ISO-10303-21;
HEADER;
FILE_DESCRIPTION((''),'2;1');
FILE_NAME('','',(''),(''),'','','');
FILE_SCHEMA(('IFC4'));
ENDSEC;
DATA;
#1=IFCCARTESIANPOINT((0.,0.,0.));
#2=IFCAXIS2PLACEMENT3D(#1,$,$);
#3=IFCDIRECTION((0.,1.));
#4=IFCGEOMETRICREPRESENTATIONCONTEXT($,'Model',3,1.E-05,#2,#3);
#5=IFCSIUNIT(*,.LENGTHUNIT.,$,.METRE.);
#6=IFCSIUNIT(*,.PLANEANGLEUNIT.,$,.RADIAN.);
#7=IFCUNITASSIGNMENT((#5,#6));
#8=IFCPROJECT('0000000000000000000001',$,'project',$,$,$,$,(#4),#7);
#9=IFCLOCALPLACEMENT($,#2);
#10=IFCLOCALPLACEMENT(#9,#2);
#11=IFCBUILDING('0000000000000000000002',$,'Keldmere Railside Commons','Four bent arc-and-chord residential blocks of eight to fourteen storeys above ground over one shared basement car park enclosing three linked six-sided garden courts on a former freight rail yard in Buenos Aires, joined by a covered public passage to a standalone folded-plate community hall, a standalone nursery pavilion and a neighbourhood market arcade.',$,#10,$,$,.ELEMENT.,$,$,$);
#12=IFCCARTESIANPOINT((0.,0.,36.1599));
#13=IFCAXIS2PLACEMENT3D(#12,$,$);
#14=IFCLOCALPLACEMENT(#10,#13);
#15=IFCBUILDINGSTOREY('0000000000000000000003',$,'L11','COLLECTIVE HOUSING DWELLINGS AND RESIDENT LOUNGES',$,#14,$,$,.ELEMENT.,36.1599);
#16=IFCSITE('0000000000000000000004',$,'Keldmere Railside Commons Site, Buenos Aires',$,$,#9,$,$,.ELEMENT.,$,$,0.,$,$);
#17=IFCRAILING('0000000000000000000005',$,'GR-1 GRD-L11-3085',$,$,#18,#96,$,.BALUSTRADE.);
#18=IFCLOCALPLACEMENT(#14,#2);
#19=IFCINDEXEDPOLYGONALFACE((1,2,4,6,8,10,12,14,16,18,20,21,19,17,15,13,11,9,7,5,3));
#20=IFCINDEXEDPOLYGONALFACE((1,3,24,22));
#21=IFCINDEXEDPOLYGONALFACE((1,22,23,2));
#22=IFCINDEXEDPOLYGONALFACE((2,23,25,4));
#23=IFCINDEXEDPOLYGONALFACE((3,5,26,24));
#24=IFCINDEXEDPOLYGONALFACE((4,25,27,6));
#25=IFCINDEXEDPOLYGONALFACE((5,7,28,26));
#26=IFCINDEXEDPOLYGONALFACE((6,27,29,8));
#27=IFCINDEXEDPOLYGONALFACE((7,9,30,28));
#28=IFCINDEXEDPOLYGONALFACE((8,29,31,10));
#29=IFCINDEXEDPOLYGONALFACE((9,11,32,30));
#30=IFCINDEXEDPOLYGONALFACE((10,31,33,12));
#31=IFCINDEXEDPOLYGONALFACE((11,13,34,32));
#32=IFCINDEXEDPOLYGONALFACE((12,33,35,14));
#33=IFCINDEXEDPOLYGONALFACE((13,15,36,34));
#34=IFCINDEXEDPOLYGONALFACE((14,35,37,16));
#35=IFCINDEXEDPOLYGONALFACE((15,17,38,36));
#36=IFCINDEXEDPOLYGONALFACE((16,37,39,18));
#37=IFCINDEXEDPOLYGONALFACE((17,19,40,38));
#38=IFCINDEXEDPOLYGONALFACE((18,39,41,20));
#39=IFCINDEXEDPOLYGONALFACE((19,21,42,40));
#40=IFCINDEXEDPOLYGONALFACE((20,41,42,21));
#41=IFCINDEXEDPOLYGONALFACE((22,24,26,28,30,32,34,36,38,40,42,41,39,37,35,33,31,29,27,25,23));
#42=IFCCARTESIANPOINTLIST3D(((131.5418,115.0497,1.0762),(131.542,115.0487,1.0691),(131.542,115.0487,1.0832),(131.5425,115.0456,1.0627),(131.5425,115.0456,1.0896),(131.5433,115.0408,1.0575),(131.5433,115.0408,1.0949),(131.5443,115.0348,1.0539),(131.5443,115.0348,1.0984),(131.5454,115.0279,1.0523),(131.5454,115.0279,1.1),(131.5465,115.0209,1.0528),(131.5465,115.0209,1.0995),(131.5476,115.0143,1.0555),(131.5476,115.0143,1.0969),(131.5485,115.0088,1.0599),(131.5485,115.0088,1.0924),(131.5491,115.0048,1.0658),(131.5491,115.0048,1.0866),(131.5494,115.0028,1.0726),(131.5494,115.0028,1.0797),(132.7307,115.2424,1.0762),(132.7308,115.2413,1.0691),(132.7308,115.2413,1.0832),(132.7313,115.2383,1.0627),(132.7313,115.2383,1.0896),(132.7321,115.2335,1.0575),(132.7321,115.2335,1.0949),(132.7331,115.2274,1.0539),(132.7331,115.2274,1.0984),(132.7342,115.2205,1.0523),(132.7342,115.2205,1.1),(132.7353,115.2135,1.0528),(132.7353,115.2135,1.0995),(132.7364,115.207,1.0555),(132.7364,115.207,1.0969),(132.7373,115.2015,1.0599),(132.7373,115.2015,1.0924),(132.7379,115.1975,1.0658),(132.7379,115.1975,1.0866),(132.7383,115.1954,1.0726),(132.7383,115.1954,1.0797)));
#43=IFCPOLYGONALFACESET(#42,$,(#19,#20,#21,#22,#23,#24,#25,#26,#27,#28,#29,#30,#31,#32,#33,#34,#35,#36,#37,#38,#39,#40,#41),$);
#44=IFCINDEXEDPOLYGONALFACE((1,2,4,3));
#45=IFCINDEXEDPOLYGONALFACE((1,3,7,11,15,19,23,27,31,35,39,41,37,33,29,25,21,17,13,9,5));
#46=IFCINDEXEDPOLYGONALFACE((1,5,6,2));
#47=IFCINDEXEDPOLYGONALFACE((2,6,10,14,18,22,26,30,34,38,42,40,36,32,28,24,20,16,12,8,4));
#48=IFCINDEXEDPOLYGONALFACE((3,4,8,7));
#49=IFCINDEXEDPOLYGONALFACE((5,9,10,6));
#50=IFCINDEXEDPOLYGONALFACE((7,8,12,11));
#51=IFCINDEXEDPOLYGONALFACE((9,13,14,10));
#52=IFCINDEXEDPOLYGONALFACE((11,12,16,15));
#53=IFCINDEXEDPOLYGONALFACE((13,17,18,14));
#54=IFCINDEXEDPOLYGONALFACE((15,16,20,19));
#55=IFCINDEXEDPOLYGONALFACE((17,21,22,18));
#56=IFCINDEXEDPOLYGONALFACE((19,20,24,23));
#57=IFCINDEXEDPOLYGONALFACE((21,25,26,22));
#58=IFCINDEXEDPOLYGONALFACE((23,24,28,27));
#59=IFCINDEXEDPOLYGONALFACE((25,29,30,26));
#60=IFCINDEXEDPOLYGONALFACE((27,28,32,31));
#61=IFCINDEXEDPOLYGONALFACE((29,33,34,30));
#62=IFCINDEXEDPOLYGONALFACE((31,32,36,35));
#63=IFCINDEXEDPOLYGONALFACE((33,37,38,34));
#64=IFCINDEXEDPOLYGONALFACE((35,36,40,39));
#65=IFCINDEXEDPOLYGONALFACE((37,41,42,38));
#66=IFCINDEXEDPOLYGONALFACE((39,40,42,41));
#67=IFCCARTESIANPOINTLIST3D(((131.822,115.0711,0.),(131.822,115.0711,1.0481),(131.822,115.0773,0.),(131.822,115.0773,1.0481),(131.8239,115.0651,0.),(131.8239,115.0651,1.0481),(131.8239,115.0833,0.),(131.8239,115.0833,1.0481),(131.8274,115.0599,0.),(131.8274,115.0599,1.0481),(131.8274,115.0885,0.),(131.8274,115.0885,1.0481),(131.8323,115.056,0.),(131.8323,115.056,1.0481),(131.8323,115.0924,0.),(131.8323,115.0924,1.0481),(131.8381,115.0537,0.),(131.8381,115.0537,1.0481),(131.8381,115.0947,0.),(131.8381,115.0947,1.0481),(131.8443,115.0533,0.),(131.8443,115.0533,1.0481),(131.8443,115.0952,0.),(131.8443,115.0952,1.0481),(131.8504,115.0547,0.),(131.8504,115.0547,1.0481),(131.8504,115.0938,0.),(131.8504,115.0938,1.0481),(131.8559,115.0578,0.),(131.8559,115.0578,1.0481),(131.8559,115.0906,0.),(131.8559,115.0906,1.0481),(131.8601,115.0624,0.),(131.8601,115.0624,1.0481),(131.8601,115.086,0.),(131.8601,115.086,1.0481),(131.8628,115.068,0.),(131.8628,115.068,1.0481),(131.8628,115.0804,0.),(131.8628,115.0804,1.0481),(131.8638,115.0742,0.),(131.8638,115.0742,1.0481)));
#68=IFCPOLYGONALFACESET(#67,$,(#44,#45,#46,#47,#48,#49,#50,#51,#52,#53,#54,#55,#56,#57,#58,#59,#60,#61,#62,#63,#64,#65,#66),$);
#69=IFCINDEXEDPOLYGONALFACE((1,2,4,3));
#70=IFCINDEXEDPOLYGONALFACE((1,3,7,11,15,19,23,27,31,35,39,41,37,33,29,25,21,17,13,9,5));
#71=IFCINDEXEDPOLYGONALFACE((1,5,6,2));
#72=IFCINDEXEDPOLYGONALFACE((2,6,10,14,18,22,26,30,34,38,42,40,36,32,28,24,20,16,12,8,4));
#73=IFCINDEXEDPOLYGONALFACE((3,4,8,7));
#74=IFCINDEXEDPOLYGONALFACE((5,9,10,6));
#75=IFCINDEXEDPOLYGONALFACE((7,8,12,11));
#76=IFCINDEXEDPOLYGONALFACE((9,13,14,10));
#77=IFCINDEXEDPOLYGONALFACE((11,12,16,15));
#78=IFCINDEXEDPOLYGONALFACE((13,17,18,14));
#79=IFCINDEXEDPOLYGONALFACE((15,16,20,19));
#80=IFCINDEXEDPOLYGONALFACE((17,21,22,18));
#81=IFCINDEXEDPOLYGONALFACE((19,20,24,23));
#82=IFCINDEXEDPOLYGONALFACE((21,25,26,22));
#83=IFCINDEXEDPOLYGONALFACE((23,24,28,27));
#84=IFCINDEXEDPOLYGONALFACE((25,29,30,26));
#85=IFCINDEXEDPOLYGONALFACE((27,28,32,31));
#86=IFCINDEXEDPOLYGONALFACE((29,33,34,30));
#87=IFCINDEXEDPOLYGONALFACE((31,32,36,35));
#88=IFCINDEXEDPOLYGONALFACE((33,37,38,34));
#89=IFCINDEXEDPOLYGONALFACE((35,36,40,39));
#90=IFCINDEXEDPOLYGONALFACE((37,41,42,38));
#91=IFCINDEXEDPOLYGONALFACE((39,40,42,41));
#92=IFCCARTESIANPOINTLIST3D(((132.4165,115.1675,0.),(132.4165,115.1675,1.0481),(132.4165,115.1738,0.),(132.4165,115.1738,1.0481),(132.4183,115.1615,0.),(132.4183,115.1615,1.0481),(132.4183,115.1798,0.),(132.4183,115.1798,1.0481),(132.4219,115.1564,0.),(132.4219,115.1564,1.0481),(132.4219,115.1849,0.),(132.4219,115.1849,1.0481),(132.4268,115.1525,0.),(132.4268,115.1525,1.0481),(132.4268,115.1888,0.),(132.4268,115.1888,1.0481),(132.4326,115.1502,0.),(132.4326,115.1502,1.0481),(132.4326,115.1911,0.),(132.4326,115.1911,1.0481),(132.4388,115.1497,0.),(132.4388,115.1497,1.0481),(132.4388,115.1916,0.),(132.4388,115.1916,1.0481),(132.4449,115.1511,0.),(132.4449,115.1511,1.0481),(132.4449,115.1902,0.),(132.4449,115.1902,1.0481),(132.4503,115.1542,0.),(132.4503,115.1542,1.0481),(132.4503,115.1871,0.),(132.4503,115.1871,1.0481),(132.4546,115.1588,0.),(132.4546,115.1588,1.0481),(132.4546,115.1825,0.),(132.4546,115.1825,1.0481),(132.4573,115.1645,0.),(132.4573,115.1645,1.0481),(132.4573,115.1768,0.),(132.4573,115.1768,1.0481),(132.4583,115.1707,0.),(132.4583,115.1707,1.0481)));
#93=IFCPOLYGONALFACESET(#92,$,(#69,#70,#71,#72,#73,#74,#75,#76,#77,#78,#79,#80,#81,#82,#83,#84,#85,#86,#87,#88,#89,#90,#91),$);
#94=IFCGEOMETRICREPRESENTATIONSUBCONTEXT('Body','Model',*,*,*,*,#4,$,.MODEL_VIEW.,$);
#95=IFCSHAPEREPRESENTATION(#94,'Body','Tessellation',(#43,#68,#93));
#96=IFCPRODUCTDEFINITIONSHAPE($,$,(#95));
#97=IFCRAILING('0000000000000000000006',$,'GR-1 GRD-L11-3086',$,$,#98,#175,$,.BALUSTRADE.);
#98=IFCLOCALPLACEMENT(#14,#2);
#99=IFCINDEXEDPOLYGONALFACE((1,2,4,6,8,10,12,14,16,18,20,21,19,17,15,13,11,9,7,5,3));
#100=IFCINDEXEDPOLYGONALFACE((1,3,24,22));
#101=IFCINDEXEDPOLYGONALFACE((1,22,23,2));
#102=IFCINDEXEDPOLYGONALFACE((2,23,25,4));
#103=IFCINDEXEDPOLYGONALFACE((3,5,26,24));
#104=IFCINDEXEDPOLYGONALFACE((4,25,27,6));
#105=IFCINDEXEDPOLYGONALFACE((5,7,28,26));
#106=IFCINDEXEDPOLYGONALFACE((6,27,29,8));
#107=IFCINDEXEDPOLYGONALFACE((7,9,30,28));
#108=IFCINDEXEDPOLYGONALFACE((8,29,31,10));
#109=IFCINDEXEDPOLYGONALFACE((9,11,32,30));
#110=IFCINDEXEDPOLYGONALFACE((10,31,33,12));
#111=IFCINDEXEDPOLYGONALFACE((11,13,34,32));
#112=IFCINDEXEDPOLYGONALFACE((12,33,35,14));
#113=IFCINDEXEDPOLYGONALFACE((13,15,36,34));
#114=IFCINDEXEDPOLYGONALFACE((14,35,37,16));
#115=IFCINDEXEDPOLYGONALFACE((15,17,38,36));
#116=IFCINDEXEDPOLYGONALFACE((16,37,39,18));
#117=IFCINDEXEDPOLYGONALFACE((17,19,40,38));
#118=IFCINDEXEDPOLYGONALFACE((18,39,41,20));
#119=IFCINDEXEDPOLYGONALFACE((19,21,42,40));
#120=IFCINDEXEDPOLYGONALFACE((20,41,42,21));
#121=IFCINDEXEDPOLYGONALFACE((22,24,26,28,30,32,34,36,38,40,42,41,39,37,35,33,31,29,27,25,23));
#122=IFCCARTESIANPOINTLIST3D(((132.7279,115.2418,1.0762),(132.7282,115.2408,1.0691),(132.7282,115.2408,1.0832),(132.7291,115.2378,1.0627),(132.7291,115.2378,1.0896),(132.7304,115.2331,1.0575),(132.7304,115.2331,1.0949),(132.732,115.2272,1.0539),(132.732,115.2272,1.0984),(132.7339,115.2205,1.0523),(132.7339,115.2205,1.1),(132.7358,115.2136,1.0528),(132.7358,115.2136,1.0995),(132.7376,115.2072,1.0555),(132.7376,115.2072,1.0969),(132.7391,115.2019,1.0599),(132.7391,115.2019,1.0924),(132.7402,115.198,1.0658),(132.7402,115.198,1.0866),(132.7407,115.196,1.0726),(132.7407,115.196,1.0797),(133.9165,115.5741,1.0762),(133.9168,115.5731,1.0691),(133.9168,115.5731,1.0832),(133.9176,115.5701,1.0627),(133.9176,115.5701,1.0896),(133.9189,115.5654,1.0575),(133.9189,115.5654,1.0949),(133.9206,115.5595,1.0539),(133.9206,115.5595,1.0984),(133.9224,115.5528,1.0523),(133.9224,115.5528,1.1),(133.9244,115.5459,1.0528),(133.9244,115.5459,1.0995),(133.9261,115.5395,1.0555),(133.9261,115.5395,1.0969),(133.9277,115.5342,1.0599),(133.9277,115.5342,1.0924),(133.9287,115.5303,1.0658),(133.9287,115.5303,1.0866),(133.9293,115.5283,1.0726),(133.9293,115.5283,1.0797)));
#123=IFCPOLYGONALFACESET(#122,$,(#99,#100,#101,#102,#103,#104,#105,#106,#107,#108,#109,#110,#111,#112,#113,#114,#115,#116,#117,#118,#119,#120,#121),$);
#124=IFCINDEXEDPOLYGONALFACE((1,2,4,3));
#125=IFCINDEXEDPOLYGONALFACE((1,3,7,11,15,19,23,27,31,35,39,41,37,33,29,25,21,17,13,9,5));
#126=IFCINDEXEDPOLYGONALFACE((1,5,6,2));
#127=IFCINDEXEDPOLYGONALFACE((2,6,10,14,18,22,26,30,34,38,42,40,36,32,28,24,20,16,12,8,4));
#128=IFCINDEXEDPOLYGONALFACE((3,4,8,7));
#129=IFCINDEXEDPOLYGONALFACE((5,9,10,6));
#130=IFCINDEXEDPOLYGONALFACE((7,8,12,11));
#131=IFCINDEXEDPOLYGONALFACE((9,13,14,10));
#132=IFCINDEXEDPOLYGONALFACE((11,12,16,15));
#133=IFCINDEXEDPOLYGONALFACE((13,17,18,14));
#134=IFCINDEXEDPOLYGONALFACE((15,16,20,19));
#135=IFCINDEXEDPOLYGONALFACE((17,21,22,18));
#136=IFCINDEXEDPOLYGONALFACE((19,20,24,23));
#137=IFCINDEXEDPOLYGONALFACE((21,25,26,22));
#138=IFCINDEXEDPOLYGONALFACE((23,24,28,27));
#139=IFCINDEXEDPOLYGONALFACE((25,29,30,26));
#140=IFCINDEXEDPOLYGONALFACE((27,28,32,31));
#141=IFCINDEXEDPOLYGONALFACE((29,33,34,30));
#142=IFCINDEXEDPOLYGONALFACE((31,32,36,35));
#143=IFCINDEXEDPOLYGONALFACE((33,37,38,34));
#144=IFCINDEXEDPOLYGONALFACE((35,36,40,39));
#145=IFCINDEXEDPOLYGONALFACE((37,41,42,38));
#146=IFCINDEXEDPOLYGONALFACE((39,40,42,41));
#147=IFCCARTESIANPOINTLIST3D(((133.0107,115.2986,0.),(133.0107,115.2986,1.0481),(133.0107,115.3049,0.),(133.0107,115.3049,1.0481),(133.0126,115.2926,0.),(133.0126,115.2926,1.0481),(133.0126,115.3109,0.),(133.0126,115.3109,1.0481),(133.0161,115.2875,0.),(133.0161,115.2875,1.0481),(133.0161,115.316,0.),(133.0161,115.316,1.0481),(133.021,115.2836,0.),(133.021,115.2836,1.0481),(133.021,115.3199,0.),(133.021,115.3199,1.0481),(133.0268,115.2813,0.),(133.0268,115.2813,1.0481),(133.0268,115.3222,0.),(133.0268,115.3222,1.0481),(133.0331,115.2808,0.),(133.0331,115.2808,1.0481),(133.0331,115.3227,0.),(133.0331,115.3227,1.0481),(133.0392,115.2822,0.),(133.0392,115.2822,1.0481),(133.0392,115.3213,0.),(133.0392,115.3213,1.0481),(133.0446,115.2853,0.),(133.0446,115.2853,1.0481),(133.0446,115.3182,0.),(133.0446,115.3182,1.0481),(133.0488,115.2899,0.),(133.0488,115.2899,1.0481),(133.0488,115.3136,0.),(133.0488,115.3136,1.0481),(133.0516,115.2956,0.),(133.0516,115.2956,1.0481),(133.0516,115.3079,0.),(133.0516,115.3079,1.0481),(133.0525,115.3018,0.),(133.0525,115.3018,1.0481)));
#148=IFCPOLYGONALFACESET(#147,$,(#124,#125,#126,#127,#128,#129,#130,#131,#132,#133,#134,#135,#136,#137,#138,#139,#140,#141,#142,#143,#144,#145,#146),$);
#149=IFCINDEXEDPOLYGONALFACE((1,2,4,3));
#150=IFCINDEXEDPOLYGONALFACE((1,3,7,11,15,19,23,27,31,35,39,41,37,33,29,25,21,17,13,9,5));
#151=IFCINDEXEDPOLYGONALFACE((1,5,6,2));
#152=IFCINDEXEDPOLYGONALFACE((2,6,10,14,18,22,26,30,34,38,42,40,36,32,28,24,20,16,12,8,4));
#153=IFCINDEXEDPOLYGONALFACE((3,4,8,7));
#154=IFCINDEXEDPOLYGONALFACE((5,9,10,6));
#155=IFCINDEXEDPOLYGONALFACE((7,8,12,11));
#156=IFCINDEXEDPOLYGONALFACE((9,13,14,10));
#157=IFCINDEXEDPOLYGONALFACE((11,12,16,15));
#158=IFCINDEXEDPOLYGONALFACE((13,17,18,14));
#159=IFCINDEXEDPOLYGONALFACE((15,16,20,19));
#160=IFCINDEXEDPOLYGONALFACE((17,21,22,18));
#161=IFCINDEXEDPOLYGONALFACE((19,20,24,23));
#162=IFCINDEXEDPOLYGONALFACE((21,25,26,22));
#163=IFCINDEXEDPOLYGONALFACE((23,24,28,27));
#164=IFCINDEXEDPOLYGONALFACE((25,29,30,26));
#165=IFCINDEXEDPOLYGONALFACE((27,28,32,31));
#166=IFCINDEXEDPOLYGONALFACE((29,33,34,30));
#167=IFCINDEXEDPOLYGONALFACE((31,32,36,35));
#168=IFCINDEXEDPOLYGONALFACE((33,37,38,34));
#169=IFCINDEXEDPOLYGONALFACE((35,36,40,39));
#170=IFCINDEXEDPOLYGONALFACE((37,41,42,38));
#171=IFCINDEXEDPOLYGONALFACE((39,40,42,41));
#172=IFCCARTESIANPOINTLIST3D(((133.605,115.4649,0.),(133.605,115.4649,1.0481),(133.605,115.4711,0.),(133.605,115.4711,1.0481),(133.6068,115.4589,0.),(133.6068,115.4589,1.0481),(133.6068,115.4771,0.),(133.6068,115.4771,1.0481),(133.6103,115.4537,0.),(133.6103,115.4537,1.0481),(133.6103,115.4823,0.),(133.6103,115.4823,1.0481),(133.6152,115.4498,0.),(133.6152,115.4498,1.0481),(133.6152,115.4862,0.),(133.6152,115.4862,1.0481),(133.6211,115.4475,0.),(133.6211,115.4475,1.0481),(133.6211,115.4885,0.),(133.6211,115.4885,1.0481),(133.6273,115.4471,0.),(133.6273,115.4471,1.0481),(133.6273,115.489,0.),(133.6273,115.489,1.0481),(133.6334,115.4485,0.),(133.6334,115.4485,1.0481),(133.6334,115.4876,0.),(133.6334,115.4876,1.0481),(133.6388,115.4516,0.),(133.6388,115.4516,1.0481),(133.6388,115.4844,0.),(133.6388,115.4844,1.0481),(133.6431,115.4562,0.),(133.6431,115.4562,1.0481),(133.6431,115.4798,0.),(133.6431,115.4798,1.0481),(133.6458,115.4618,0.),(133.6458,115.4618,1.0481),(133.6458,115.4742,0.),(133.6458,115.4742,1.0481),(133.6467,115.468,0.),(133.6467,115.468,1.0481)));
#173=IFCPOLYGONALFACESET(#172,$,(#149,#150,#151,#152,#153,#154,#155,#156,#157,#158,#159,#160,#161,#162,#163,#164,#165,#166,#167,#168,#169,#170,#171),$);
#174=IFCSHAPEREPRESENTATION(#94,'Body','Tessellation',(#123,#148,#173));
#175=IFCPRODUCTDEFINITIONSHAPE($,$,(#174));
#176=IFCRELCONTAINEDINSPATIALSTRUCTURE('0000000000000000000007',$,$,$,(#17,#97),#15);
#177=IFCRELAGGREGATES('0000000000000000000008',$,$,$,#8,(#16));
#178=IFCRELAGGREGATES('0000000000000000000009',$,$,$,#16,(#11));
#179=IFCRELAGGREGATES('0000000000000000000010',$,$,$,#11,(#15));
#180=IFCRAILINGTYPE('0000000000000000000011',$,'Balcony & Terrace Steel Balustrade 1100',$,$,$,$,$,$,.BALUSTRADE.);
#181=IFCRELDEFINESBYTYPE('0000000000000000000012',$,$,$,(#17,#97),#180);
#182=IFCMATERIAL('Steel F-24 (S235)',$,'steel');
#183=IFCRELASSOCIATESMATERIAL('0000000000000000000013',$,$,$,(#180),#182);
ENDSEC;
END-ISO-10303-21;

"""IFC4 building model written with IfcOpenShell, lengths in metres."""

from ifc_helpers import new_model, si_unit, direction, frame, origin, origin_2d, place, context, subcontext, project, spatial, circle, extrude, material, type_object, element, save


model = new_model("IFC4")

# Units and contexts
model_context = context("Model", 3, precision=1e-05, world=origin(), true_north=direction((0.0, 1.0)))
body_context = subcontext(model_context, "Body", "Model", "MODEL_VIEW")
ifc_project = project(units=[si_unit("LENGTHUNIT", "METRE"), si_unit("PLANEANGLEUNIT", "RADIAN")], contexts=[model_context])

# Site, building, storey
site_placement = place(None, origin())
site = spatial("IfcSite", under=ifc_project, at=site_placement, Name="Keldmere Railside Commons Site, Buenos Aires", CompositionType="ELEMENT", RefElevation=0.0)
building_placement = place(site_placement, origin())
building = spatial("IfcBuilding", under=site, at=building_placement, Name="Keldmere Railside Commons", Description="Four bent arc-and-chord residential blocks of eight to fourteen storeys above ground over one shared basement car park enclosing three linked six-sided garden courts on a former freight rail yard in Buenos Aires, joined by a covered public passage to a standalone folded-plate community hall, a standalone nursery pavilion and a neighbourhood market arcade.", CompositionType="ELEMENT")
storey_placement = place(building_placement, frame((0.0, 0.0, 36.1599)))
storey = spatial("IfcBuildingStorey", under=building, at=storey_placement, Name="L11", Description="COLLECTIVE HOUSING DWELLINGS AND RESIDENT LOUNGES", CompositionType="ELEMENT", Elevation=36.1599)

# Railings
ifc_material_1 = material(Name="Steel F-24 (S235)", Category="steel")
railing_type = type_object("IfcRailingType", Name="Balcony & Terrace Steel Balustrade 1100", PredefinedType="BALUSTRADE", material=ifc_material_1)
railing_1_placement = place(storey_placement, frame((131.5457, 115.0261, 0.0)))
element("IfcRailing", 1, at=railing_1_placement, inside=storey, type_object=railing_type, Name="GR-1 GRD-L11-3085", PredefinedType="BALUSTRADE", context=body_context, shape_type="SweptSolid", body=[
    extrude(circle(Radius=0.0239, at=origin_2d()), frame((0.0, 0.0, 1.0762), z_axis=(0.987124, 0.159959, 0.0), x_axis=(-0.159959, 0.987124, 0.0)), (0.0, 0.0, 1.0), 1.2043),
    extrude(circle(Radius=0.021, at=origin_2d()), frame((0.2971, 0.0481, 0.0)), (0.0, 0.0, 1.0), 1.0481),
    extrude(circle(Radius=0.021, at=origin_2d()), frame((0.8916, 0.1445, 0.0)), (0.0, 0.0, 1.0), 1.0481),
])
railing_2_placement = place(storey_placement, frame((132.7344, 115.2188, 0.0)))
element("IfcRailing", 2, at=railing_2_placement, inside=storey, type_object=railing_type, Name="GR-1 GRD-L11-3086", PredefinedType="BALUSTRADE", context=body_context, shape_type="SweptSolid", body=[
    extrude(circle(Radius=0.0239, at=origin_2d()), frame((0.0, 0.0, 1.0762), z_axis=(0.963069, 0.269256, 0.0), x_axis=(-0.269256, 0.963069, 0.0)), (0.0, 0.0, 1.0), 1.2341),
    extrude(circle(Radius=0.021, at=origin_2d()), frame((0.2971, 0.083, 0.0)), (0.0, 0.0, 1.0), 1.0481),
    extrude(circle(Radius=0.021, at=origin_2d()), frame((0.8914, 0.2493, 0.0)), (0.0, 0.0, 1.0), 1.0481),
])

save(model, "model.ifc")
